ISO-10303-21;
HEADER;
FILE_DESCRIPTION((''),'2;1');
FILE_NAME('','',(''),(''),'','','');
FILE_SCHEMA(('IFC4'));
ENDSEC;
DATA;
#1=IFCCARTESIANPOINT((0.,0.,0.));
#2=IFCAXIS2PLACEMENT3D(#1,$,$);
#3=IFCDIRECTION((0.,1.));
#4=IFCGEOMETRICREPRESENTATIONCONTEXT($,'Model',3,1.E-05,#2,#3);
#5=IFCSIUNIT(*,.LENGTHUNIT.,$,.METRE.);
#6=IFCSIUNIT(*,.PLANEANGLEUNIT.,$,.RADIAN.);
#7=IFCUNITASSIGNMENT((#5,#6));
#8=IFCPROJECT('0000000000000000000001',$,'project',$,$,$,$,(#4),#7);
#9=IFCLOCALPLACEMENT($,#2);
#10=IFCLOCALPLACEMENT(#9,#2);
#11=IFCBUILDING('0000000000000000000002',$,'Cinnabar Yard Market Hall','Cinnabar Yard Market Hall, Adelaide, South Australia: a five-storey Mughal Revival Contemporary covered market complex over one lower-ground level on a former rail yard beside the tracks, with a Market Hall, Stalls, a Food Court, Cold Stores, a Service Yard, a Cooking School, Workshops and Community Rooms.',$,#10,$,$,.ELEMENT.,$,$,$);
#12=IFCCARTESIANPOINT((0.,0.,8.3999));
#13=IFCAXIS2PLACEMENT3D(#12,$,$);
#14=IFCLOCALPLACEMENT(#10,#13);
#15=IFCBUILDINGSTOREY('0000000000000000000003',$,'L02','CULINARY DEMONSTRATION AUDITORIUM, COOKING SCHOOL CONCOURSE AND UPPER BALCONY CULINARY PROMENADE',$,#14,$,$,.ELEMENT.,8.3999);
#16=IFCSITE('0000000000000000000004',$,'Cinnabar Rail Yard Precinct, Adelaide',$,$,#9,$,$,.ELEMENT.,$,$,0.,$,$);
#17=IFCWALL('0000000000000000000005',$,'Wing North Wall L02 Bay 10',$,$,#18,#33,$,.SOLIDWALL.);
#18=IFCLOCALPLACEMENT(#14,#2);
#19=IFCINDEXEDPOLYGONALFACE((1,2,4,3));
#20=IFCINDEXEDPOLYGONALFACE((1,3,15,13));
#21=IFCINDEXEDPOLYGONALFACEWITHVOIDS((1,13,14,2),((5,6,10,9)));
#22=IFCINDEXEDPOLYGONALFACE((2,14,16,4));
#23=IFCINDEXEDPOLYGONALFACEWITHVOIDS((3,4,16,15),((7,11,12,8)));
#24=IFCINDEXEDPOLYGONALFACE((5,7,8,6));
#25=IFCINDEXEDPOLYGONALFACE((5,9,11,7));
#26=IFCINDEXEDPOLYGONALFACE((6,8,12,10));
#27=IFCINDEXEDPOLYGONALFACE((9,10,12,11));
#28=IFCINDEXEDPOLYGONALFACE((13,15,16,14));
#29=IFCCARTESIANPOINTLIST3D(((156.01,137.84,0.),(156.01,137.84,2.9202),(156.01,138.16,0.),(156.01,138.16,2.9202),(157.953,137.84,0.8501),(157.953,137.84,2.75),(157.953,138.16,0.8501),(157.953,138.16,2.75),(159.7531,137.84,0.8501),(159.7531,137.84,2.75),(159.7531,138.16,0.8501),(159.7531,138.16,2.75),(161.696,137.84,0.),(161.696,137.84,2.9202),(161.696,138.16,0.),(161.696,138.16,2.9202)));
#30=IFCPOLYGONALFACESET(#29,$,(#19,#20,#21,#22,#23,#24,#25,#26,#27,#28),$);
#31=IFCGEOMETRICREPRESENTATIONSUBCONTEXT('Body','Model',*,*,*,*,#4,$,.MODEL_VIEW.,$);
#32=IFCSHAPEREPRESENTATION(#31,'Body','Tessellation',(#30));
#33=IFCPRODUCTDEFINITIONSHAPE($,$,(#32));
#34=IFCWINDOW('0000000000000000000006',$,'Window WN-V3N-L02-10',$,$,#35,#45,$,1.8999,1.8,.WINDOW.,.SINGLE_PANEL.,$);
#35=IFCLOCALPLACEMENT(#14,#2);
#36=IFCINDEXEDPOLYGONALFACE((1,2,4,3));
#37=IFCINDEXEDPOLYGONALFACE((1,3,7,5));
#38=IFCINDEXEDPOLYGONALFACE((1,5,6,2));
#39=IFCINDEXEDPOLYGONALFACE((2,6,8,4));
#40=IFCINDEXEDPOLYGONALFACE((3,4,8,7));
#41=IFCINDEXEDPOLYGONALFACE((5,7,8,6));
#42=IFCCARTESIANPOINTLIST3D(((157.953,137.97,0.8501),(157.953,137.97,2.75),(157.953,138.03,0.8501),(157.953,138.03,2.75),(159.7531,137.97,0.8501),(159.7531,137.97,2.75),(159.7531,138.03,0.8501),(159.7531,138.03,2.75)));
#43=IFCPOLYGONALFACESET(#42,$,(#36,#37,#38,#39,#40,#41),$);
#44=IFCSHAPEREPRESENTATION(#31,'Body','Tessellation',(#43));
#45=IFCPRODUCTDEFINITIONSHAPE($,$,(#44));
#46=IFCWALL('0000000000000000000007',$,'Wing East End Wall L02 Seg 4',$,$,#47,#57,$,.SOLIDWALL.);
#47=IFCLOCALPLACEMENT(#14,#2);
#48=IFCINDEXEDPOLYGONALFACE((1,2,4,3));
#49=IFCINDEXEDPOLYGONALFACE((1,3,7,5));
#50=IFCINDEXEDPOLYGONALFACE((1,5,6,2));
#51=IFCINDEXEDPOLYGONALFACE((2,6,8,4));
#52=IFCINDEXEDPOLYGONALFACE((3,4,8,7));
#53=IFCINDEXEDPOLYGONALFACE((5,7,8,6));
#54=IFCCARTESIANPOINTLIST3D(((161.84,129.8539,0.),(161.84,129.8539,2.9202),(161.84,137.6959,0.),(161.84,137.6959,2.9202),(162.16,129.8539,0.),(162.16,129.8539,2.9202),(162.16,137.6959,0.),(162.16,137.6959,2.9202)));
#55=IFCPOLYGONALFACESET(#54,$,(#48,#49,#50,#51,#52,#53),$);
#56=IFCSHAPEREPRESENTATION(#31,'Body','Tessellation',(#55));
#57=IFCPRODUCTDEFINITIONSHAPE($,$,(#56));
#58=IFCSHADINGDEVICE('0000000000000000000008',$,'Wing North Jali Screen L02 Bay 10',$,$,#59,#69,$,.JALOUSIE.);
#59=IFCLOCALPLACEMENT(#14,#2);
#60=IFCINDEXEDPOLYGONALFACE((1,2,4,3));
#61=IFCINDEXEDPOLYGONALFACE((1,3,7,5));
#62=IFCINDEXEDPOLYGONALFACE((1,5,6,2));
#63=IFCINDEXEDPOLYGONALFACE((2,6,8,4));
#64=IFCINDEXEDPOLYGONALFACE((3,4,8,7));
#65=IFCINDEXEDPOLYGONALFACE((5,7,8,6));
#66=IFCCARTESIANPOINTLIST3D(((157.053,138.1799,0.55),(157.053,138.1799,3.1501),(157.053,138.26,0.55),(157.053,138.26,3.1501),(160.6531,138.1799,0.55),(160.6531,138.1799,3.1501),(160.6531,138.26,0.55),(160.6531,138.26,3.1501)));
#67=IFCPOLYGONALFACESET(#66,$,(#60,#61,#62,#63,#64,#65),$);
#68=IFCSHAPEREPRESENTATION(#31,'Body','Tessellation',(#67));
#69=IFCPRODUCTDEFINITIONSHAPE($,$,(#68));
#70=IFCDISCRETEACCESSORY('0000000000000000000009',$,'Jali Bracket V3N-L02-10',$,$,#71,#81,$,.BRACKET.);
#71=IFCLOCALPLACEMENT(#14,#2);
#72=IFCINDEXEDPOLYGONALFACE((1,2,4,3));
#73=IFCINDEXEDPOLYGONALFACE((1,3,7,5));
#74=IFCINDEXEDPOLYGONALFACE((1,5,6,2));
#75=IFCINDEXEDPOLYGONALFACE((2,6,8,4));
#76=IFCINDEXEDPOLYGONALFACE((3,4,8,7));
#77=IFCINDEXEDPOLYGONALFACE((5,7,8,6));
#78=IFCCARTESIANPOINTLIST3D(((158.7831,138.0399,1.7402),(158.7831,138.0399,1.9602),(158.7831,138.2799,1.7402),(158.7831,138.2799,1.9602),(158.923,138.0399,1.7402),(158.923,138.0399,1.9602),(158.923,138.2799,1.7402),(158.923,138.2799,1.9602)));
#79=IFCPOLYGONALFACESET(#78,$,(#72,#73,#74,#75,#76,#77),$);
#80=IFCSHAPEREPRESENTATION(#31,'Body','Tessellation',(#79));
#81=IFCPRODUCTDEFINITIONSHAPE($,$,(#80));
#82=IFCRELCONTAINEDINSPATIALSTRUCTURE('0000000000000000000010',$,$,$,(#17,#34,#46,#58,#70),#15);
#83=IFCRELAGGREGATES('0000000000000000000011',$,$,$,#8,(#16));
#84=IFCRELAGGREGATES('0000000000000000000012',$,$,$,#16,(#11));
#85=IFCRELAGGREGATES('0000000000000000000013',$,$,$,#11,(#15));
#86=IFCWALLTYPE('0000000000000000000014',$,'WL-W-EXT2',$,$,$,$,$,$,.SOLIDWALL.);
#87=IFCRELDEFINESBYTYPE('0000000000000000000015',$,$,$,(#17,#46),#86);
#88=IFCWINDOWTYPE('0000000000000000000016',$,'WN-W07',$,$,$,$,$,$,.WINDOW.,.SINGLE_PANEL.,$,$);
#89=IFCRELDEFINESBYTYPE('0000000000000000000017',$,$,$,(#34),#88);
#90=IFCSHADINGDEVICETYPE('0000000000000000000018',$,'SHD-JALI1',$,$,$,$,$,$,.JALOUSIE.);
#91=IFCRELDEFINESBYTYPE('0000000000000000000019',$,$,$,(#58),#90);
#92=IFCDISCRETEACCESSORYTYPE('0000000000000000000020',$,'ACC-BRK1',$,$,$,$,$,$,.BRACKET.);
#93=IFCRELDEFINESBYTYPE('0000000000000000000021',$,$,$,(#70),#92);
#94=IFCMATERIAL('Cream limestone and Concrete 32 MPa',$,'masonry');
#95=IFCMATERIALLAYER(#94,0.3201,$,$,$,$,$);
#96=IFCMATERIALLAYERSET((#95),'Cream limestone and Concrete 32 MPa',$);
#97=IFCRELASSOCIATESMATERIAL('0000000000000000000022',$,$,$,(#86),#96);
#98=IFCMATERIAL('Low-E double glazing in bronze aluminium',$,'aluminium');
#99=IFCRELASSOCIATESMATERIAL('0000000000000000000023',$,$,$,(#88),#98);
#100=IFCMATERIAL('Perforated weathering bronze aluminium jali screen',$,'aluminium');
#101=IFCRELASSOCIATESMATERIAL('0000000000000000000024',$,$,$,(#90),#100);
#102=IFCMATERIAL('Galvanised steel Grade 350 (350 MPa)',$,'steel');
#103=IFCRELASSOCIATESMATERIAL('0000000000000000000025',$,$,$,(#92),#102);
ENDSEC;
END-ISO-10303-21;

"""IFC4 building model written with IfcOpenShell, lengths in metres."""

from ifc_helpers import new_model, si_unit, direction, frame, frame_2d, origin, origin_2d_with_axis, place, context, subcontext, project, spatial, rectangle, extrude, material, layer, layer_set, type_object, element, fill, save


model = new_model("IFC4")

# Units and contexts
model_context = context("Model", 3, precision=1e-05, world=origin(), true_north=direction((0.0, 1.0)))
body_context = subcontext(model_context, "Body", "Model", "MODEL_VIEW")
ifc_project = project(units=[si_unit("LENGTHUNIT", "METRE"), si_unit("PLANEANGLEUNIT", "RADIAN")], contexts=[model_context])

# Site, building, storey
site_placement = place(None, origin())
site = spatial("IfcSite", under=ifc_project, at=site_placement, Name="Cinnabar Rail Yard Precinct, Adelaide", CompositionType="ELEMENT", RefElevation=0.0)
building_placement = place(site_placement, origin())
building = spatial("IfcBuilding", under=site, at=building_placement, Name="Cinnabar Yard Market Hall", Description="Cinnabar Yard Market Hall, Adelaide, South Australia: a five-storey Mughal Revival Contemporary covered market complex over one lower-ground level on a former rail yard beside the tracks, with a Market Hall, Stalls, a Food Court, Cold Stores, a Service Yard, a Cooking School, Workshops and Community Rooms.", CompositionType="ELEMENT")
storey_placement = place(building_placement, frame((0.0, 0.0, 8.3999)))
storey = spatial("IfcBuildingStorey", under=building, at=storey_placement, Name="L02", Description="CULINARY DEMONSTRATION AUDITORIUM, COOKING SCHOOL CONCOURSE AND UPPER BALCONY CULINARY PROMENADE", CompositionType="ELEMENT", Elevation=8.3999)

# Wall, opening, window
ifc_material_1 = material(Name="Cream limestone and Concrete 32 MPa", Category="masonry")
ifc_layer_1 = layer(ifc_material_1, 0.3201)
ifc_layer_set_1 = layer_set([ifc_layer_1], Name="Cream limestone and Concrete 32 MPa")
wall_type_1 = type_object("IfcWallType", Name="WL-W-EXT2", PredefinedType="SOLIDWALL", material=ifc_layer_set_1)
wall_1_placement = place(storey_placement, frame((161.696, 138.0, 0.0), z_axis=(0.0, 0.0, 1.0), x_axis=(-1.0, 0.0, 0.0)))
wall_1 = element("IfcWall", 1, at=wall_1_placement, inside=storey, type_object=wall_type_1, Name="Wing North Wall L02 Bay 10", PredefinedType="SOLIDWALL", context=body_context, shape_type="SweptSolid", body=[
    extrude(rectangle(XDim=5.686, YDim=0.3201, at=frame_2d((2.843, 0.0), x_axis=(1.0, 0.0))), origin(), (0.0, 0.0, 1.0), 2.9202),
])
opening_1_placement = place(wall_1_placement, frame((1.9431, 0.0, 0.8501)))
opening_1 = element("IfcOpeningElement", 2, at=opening_1_placement, cuts=wall_1, PredefinedType="OPENING", context=body_context, shape_type="SweptSolid", body=[
    extrude(rectangle(XDim=1.8, YDim=1.8999, at=frame_2d((0.8999, 0.95), x_axis=(1.0, 0.0))), frame((0.0, 0.1699, 0.0), z_axis=(0.0, -1.0, 0.0), x_axis=(1.0, 0.0, 0.0)), (0.0, 0.0, 1.0), 0.3401),
])
ifc_material_2 = material(Name="Low-E double glazing in bronze aluminium", Category="aluminium")
window_type = type_object("IfcWindowType", Name="WN-W07", PartitioningType="SINGLE_PANEL", PredefinedType="WINDOW", material=ifc_material_2)
window_placement = place(opening_1_placement, origin())
window = element("IfcWindow", 3, at=window_placement, inside=storey, type_object=window_type, Name="Window WN-V3N-L02-10", OverallHeight=1.8999, OverallWidth=1.8, PartitioningType="SINGLE_PANEL", PredefinedType="WINDOW", context=body_context, shape_type="SweptSolid", body=[
    extrude(rectangle(XDim=1.8, YDim=1.8999, at=frame_2d((0.8999, 0.95), x_axis=(1.0, 0.0))), frame((0.0, 0.03, 0.0), z_axis=(0.0, -1.0, 0.0), x_axis=(1.0, 0.0, 0.0)), (0.0, 0.0, 1.0), 0.0601),
])
fill(opening_1, window)

# Wall
wall_2_placement = place(storey_placement, frame((162.0, 129.854, 0.0), z_axis=(0.0, 0.0, 1.0), x_axis=(0.0, 1.0, 0.0)))
element("IfcWall", 4, at=wall_2_placement, inside=storey, type_object=wall_type_1, Name="Wing East End Wall L02 Seg 4", PredefinedType="SOLIDWALL", context=body_context, shape_type="SweptSolid", body=[
    extrude(rectangle(XDim=7.842, YDim=0.3201, at=frame_2d((3.9209, 0.0), x_axis=(1.0, 0.0))), origin(), (0.0, 0.0, 1.0), 2.9202),
])

# Shading device
ifc_material_3 = material(Name="Perforated weathering bronze aluminium jali screen", Category="aluminium")
shading_device_type = type_object("IfcShadingDeviceType", Name="SHD-JALI1", PredefinedType="JALOUSIE", material=ifc_material_3)
shading_device_placement = place(storey_placement, frame((158.853, 138.22, 0.55), z_axis=(0.0, 0.0, 1.0), x_axis=(1.0, 0.0, 0.0)))
element("IfcShadingDevice", 5, at=shading_device_placement, inside=storey, type_object=shading_device_type, Name="Wing North Jali Screen L02 Bay 10", PredefinedType="JALOUSIE", context=body_context, shape_type="SweptSolid", body=[
    extrude(rectangle(XDim=3.6001, YDim=0.0801, at=origin_2d_with_axis()), origin(), (0.0, 0.0, 1.0), 2.6001),
])

# Discrete accessory
ifc_material_4 = material(Name="Galvanised steel Grade 350 (350 MPa)", Category="steel")
discrete_accessory_type = type_object("IfcDiscreteAccessoryType", Name="ACC-BRK1", PredefinedType="BRACKET", material=ifc_material_4)
discrete_accessory_placement = place(storey_placement, frame((158.853, 138.1599, 1.7402), z_axis=(0.0, 0.0, 1.0), x_axis=(1.0, 0.0, 0.0)))
element("IfcDiscreteAccessory", 6, at=discrete_accessory_placement, inside=storey, type_object=discrete_accessory_type, Name="Jali Bracket V3N-L02-10", PredefinedType="BRACKET", context=body_context, shape_type="SweptSolid", body=[
    extrude(rectangle(XDim=0.1399, YDim=0.24, at=origin_2d_with_axis()), origin(), (0.0, 0.0, 1.0), 0.22),
])

save(model, "model.ifc")
